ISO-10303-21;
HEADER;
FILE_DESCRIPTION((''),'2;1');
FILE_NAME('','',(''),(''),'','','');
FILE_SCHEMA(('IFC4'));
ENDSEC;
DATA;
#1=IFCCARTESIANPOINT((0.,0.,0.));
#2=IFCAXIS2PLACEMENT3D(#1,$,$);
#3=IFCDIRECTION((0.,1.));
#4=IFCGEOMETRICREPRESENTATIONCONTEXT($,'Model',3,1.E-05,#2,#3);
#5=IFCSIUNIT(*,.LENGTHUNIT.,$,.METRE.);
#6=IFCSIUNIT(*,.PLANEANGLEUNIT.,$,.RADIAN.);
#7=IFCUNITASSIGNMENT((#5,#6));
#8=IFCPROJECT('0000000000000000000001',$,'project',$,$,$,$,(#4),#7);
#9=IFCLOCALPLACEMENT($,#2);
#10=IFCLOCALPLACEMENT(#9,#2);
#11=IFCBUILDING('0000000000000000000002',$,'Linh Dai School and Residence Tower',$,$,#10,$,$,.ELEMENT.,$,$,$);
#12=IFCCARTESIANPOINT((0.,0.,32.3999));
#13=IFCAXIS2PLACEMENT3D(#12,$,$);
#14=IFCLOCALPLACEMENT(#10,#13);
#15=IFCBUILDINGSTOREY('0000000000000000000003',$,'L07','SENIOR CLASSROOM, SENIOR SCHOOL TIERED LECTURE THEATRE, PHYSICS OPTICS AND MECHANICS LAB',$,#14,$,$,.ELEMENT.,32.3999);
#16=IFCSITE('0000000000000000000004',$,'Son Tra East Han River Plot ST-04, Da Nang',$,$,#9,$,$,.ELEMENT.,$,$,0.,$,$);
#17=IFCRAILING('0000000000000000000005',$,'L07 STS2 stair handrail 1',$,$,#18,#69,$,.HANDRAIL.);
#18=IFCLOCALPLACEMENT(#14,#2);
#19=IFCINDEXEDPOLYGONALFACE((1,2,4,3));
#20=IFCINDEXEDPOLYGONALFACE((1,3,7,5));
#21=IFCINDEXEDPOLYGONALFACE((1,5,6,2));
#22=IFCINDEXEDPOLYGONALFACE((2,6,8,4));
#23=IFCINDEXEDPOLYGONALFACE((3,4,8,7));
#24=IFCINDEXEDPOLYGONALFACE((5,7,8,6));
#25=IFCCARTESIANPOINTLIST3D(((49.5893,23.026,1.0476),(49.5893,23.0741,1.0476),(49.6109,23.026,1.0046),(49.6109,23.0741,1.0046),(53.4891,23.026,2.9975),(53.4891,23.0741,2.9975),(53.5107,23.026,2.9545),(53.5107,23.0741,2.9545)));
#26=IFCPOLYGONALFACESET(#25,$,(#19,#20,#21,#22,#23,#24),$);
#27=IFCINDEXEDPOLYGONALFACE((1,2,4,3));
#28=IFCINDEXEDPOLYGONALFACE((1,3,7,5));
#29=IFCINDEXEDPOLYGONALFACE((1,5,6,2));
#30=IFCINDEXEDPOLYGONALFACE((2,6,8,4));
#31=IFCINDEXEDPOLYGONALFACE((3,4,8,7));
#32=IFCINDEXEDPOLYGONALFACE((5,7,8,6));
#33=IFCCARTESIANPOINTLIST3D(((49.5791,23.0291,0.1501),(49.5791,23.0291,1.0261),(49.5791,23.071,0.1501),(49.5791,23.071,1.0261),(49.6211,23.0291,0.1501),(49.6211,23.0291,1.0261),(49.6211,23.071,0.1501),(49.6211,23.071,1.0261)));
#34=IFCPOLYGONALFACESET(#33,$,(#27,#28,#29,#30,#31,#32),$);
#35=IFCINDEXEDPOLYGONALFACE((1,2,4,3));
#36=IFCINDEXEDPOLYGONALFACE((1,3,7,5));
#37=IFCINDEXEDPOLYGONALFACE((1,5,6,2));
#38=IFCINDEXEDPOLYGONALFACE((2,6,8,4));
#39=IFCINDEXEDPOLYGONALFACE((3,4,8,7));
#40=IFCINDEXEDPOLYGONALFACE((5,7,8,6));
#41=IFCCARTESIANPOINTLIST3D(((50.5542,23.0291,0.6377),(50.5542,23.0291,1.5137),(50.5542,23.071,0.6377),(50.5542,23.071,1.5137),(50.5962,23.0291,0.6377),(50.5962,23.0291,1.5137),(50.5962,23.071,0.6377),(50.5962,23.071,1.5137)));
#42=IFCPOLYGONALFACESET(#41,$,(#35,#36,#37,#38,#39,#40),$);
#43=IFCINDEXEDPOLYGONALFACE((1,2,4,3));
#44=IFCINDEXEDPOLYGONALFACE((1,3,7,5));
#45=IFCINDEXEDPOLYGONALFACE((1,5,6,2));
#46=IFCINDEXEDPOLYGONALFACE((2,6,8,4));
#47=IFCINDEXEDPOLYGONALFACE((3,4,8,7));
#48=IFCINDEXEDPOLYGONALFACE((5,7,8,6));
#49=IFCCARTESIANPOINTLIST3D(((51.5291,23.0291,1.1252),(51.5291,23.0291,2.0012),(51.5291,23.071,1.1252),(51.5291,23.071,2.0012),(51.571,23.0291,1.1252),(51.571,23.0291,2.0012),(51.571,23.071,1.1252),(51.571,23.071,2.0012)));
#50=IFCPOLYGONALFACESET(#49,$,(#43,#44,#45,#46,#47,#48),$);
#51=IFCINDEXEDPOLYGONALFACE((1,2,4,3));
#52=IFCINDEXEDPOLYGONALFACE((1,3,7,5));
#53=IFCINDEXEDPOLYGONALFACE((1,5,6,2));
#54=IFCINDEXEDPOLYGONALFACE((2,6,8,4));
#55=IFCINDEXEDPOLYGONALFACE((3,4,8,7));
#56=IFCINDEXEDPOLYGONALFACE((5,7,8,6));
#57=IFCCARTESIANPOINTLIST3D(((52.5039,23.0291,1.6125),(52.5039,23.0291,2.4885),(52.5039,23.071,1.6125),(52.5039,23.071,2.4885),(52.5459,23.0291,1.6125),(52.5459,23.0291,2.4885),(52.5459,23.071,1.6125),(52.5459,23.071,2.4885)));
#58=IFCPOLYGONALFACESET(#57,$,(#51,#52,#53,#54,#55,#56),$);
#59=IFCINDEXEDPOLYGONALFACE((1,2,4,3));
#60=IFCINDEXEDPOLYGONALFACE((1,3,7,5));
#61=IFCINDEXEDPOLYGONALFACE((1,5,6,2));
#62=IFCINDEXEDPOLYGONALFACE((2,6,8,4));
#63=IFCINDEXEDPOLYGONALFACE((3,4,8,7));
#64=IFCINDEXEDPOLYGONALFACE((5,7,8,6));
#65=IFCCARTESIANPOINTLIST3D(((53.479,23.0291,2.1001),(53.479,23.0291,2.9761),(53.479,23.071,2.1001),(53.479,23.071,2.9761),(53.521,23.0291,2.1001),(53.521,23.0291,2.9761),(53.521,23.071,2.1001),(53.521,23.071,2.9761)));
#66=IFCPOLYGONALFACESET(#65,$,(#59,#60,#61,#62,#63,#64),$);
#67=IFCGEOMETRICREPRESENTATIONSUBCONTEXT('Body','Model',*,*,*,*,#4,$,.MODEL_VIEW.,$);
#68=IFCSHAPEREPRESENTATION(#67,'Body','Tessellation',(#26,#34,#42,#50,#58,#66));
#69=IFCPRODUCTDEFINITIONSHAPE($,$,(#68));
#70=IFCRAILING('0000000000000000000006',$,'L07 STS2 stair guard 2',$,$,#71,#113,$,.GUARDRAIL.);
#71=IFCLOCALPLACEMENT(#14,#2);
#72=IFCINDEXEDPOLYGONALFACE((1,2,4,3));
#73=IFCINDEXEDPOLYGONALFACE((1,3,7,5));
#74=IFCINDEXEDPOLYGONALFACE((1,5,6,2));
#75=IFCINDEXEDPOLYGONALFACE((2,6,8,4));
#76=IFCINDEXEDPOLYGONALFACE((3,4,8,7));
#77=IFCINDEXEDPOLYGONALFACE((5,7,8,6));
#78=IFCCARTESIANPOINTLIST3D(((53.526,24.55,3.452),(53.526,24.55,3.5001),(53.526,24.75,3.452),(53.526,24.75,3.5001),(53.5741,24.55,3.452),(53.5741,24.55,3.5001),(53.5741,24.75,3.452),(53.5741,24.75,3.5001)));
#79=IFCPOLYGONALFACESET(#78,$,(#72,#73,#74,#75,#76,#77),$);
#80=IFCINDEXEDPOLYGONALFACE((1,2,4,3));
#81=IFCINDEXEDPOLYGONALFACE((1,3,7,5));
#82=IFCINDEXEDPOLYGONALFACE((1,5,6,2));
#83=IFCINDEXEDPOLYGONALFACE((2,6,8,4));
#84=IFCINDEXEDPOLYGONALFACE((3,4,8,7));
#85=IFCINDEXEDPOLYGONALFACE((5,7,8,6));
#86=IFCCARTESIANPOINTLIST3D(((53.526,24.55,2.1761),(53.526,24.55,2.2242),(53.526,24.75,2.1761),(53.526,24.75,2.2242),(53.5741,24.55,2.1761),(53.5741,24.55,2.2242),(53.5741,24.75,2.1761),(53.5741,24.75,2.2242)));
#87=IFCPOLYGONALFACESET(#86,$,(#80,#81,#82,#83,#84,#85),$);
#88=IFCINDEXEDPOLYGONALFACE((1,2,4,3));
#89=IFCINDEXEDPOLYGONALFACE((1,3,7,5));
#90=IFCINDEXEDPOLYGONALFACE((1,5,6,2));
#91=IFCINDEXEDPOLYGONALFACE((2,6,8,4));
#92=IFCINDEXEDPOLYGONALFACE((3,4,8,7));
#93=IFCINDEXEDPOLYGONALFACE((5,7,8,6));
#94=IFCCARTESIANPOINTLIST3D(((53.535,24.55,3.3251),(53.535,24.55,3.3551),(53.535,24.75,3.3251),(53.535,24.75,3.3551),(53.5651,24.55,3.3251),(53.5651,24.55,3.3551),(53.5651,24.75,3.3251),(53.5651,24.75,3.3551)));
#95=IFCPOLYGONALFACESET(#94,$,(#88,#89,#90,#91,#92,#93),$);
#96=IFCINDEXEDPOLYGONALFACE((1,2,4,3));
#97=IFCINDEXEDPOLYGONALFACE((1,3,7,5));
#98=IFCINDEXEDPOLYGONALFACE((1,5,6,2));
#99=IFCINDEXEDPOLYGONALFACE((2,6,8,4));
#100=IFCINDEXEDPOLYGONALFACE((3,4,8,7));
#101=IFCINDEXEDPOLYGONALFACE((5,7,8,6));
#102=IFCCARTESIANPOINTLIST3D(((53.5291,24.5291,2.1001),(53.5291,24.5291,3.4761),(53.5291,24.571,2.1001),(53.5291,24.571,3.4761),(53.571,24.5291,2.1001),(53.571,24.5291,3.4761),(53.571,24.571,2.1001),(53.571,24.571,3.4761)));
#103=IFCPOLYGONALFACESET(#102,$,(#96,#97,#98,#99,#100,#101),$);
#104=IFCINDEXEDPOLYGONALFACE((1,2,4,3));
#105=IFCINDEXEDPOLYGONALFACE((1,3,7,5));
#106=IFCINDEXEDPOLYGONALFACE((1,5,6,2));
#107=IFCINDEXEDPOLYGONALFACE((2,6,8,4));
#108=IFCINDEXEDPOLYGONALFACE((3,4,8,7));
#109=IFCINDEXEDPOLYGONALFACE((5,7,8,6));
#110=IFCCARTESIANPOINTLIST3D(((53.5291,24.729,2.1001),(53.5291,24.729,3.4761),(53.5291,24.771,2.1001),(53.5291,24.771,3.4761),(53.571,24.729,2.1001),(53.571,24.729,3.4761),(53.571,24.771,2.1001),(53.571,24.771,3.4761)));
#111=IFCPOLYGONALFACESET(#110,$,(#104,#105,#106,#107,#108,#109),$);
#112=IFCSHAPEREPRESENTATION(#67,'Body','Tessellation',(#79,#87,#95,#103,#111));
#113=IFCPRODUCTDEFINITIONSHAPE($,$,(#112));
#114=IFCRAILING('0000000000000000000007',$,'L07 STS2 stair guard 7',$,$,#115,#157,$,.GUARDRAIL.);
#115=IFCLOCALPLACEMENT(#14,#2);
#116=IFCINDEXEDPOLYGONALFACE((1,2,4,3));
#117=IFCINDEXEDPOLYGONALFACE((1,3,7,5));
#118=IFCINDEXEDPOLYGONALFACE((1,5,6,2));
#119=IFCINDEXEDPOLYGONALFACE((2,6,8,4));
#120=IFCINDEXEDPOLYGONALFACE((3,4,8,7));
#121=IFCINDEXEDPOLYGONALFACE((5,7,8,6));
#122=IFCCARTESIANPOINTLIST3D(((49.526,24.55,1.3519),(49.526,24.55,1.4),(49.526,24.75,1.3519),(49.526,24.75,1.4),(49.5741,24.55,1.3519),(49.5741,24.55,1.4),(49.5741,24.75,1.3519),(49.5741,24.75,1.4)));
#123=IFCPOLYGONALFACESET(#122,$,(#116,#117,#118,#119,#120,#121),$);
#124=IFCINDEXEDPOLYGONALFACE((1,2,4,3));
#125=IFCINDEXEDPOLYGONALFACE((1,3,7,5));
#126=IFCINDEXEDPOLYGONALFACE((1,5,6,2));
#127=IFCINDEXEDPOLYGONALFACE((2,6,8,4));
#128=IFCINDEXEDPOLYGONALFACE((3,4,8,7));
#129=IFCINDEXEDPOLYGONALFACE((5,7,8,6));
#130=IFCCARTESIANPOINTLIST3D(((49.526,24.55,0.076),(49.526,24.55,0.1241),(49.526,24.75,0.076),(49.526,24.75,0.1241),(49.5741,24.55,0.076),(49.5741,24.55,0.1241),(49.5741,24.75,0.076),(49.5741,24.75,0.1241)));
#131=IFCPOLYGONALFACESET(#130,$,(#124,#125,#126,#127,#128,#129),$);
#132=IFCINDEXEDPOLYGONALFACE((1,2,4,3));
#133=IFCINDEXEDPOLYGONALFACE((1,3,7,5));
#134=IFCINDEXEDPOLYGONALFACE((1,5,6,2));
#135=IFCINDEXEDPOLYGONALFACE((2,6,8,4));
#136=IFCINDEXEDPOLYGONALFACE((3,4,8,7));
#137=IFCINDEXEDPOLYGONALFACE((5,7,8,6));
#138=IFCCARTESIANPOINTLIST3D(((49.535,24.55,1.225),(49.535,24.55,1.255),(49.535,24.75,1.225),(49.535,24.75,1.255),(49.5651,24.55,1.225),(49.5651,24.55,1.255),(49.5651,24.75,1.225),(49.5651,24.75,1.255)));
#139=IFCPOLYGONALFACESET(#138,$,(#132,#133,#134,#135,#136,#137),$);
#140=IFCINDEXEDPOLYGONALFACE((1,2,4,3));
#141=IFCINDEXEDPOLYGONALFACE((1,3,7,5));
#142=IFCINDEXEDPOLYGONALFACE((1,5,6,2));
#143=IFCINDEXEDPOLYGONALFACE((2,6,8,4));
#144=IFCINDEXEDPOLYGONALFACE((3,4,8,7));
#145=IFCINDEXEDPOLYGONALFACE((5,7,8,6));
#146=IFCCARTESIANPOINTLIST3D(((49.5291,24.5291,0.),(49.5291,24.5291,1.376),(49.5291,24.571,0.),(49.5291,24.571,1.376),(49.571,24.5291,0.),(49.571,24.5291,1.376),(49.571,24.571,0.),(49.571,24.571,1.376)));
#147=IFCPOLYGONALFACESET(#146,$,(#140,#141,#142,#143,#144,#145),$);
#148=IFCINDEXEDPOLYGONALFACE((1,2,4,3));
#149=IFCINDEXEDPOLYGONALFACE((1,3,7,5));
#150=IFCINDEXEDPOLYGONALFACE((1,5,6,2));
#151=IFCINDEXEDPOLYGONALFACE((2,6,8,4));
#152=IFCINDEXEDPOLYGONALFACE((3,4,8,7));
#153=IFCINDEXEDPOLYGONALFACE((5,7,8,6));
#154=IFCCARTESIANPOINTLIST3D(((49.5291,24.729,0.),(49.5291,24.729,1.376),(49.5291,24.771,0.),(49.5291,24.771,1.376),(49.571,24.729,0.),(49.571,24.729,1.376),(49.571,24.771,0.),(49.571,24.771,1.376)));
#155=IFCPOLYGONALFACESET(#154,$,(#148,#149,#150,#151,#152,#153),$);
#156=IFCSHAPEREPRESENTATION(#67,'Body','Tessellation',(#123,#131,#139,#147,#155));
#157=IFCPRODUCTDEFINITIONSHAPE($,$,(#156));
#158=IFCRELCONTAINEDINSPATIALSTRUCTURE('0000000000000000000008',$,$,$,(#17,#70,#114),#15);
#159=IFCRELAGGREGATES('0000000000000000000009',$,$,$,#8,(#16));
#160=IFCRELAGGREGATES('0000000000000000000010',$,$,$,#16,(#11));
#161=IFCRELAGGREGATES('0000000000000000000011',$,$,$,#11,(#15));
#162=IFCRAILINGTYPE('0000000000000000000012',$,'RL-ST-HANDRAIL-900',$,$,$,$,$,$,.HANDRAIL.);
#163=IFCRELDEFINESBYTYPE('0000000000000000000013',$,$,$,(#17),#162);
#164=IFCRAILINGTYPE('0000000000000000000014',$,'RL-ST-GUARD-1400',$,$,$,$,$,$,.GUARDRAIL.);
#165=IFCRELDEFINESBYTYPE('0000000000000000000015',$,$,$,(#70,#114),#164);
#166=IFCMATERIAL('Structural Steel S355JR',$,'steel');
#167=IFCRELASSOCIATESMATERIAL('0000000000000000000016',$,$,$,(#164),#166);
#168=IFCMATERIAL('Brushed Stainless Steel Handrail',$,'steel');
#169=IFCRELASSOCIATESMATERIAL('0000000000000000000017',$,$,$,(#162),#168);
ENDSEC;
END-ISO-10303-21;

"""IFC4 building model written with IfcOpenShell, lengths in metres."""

from ifc_helpers import new_model, si_unit, direction, frame, origin, origin_2d, place, context, subcontext, project, spatial, rectangle, extrude, source, transform, mapped, material, type_object, element, save


model = new_model("IFC4")

# Units and contexts
model_context = context("Model", 3, precision=1e-05, world=origin(), true_north=direction((0.0, 1.0)))
body_context = subcontext(model_context, "Body", "Model", "MODEL_VIEW")
ifc_project = project(units=[si_unit("LENGTHUNIT", "METRE"), si_unit("PLANEANGLEUNIT", "RADIAN")], contexts=[model_context])

# Site, building, storey
site_placement = place(None, origin())
site = spatial("IfcSite", under=ifc_project, at=site_placement, Name="Son Tra East Han River Plot ST-04, Da Nang", CompositionType="ELEMENT", RefElevation=0.0)
building_placement = place(site_placement, origin())
building = spatial("IfcBuilding", under=site, at=building_placement, Name="Linh Dai School and Residence Tower", CompositionType="ELEMENT")
storey_placement = place(building_placement, frame((0.0, 0.0, 32.3999)))
storey = spatial("IfcBuildingStorey", under=building, at=storey_placement, Name="L07", Description="SENIOR CLASSROOM, SENIOR SCHOOL TIERED LECTURE THEATRE, PHYSICS OPTICS AND MECHANICS LAB", CompositionType="ELEMENT", Elevation=32.3999)

# Shared definitions
ifc_material_1 = material(Name="Structural Steel S355JR", Category="steel")

# Railings
railing_type_1 = type_object("IfcRailingType", Name="RL-ST-GUARD-1400", PredefinedType="GUARDRAIL", material=ifc_material_1)
ifc_material_2 = material(Name="Brushed Stainless Steel Handrail", Category="steel")
railing_type_2 = type_object("IfcRailingType", Name="RL-ST-HANDRAIL-900", PredefinedType="HANDRAIL", material=ifc_material_2)
shared_shape_1 = source(origin(), body_context, "Body", "SweptSolid", [
    extrude(rectangle(XDim=0.0481, YDim=0.0481, at=origin_2d()), frame((0.0, 0.0, 0.876), z_axis=(0.894427, 0.0, 0.447214), x_axis=(0.0, 1.0, 0.0)), (0.0, 0.0, 1.0), 4.3601),
    extrude(rectangle(XDim=0.042, YDim=0.042, at=origin_2d()), origin(), (0.0, 0.0, 1.0), 0.876),
    extrude(rectangle(XDim=0.042, YDim=0.042, at=origin_2d()), frame((0.9751, 0.0, 0.4875)), (0.0, 0.0, 1.0), 0.876),
    extrude(rectangle(XDim=0.042, YDim=0.042, at=origin_2d()), frame((1.95, 0.0, 0.9751)), (0.0, 0.0, 1.0), 0.876),
    extrude(rectangle(XDim=0.042, YDim=0.042, at=origin_2d()), frame((2.9248, 0.0, 1.4624)), (0.0, 0.0, 1.0), 0.876),
    extrude(rectangle(XDim=0.042, YDim=0.042, at=origin_2d()), frame((3.8999, 0.0, 1.95)), (0.0, 0.0, 1.0), 0.876),
])
railing_1_placement = place(storey_placement, frame((49.6001, 23.05, 0.1501)))
element("IfcRailing", 1, at=railing_1_placement, inside=storey, type_object=railing_type_2, Name="L07 STS2 stair handrail 1", PredefinedType="HANDRAIL", context=body_context, shape_type="MappedRepresentation", body=[
    mapped(shared_shape_1, transform((0.0, 0.0, 0.0), x_axis=(1.0, 0.0, 0.0), y_axis=(0.0, 1.0, 0.0), z_axis=(0.0, 0.0, 1.0), scale=1.0)),
])
shared_shape_2 = source(origin(), body_context, "Body", "SweptSolid", [
    extrude(rectangle(XDim=0.0481, YDim=0.0481, at=origin_2d()), frame((0.0, 0.0, 1.376), z_axis=(0.0, 1.0, 0.0), x_axis=(-1.0, 0.0, 0.0)), (0.0, 0.0, 1.0), 0.2),
    extrude(rectangle(XDim=0.0481, YDim=0.0481, at=origin_2d()), frame((0.0, 0.0, 0.1001), z_axis=(0.0, 1.0, 0.0), x_axis=(-1.0, 0.0, 0.0)), (0.0, 0.0, 1.0), 0.2),
    extrude(rectangle(XDim=0.03, YDim=0.03, at=origin_2d()), frame((0.0, 0.0, 1.24), z_axis=(0.0, 1.0, 0.0), x_axis=(-1.0, 0.0, 0.0)), (0.0, 0.0, 1.0), 0.2),
    extrude(rectangle(XDim=0.042, YDim=0.042, at=origin_2d()), origin(), (0.0, 0.0, 1.0), 1.376),
    extrude(rectangle(XDim=0.042, YDim=0.042, at=origin_2d()), frame((0.0, 0.2, 0.0)), (0.0, 0.0, 1.0), 1.376),
])
for number, where, name in (
    (2, (53.55, 24.55, 2.1001), "L07 STS2 stair guard 2"),
    (3, (49.55, 24.55, 0.0), "L07 STS2 stair guard 7"),
):
    element("IfcRailing", number, at=place(storey_placement, frame(where)), inside=storey, type_object=railing_type_1, Name=name, PredefinedType="GUARDRAIL", context=body_context, shape_type="MappedRepresentation", body=[
        mapped(shared_shape_2, transform((0.0, 0.0, 0.0), x_axis=(1.0, 0.0, 0.0), y_axis=(0.0, 1.0, 0.0), z_axis=(0.0, 0.0, 1.0), scale=1.0)),
    ])

save(model, "model.ifc")
